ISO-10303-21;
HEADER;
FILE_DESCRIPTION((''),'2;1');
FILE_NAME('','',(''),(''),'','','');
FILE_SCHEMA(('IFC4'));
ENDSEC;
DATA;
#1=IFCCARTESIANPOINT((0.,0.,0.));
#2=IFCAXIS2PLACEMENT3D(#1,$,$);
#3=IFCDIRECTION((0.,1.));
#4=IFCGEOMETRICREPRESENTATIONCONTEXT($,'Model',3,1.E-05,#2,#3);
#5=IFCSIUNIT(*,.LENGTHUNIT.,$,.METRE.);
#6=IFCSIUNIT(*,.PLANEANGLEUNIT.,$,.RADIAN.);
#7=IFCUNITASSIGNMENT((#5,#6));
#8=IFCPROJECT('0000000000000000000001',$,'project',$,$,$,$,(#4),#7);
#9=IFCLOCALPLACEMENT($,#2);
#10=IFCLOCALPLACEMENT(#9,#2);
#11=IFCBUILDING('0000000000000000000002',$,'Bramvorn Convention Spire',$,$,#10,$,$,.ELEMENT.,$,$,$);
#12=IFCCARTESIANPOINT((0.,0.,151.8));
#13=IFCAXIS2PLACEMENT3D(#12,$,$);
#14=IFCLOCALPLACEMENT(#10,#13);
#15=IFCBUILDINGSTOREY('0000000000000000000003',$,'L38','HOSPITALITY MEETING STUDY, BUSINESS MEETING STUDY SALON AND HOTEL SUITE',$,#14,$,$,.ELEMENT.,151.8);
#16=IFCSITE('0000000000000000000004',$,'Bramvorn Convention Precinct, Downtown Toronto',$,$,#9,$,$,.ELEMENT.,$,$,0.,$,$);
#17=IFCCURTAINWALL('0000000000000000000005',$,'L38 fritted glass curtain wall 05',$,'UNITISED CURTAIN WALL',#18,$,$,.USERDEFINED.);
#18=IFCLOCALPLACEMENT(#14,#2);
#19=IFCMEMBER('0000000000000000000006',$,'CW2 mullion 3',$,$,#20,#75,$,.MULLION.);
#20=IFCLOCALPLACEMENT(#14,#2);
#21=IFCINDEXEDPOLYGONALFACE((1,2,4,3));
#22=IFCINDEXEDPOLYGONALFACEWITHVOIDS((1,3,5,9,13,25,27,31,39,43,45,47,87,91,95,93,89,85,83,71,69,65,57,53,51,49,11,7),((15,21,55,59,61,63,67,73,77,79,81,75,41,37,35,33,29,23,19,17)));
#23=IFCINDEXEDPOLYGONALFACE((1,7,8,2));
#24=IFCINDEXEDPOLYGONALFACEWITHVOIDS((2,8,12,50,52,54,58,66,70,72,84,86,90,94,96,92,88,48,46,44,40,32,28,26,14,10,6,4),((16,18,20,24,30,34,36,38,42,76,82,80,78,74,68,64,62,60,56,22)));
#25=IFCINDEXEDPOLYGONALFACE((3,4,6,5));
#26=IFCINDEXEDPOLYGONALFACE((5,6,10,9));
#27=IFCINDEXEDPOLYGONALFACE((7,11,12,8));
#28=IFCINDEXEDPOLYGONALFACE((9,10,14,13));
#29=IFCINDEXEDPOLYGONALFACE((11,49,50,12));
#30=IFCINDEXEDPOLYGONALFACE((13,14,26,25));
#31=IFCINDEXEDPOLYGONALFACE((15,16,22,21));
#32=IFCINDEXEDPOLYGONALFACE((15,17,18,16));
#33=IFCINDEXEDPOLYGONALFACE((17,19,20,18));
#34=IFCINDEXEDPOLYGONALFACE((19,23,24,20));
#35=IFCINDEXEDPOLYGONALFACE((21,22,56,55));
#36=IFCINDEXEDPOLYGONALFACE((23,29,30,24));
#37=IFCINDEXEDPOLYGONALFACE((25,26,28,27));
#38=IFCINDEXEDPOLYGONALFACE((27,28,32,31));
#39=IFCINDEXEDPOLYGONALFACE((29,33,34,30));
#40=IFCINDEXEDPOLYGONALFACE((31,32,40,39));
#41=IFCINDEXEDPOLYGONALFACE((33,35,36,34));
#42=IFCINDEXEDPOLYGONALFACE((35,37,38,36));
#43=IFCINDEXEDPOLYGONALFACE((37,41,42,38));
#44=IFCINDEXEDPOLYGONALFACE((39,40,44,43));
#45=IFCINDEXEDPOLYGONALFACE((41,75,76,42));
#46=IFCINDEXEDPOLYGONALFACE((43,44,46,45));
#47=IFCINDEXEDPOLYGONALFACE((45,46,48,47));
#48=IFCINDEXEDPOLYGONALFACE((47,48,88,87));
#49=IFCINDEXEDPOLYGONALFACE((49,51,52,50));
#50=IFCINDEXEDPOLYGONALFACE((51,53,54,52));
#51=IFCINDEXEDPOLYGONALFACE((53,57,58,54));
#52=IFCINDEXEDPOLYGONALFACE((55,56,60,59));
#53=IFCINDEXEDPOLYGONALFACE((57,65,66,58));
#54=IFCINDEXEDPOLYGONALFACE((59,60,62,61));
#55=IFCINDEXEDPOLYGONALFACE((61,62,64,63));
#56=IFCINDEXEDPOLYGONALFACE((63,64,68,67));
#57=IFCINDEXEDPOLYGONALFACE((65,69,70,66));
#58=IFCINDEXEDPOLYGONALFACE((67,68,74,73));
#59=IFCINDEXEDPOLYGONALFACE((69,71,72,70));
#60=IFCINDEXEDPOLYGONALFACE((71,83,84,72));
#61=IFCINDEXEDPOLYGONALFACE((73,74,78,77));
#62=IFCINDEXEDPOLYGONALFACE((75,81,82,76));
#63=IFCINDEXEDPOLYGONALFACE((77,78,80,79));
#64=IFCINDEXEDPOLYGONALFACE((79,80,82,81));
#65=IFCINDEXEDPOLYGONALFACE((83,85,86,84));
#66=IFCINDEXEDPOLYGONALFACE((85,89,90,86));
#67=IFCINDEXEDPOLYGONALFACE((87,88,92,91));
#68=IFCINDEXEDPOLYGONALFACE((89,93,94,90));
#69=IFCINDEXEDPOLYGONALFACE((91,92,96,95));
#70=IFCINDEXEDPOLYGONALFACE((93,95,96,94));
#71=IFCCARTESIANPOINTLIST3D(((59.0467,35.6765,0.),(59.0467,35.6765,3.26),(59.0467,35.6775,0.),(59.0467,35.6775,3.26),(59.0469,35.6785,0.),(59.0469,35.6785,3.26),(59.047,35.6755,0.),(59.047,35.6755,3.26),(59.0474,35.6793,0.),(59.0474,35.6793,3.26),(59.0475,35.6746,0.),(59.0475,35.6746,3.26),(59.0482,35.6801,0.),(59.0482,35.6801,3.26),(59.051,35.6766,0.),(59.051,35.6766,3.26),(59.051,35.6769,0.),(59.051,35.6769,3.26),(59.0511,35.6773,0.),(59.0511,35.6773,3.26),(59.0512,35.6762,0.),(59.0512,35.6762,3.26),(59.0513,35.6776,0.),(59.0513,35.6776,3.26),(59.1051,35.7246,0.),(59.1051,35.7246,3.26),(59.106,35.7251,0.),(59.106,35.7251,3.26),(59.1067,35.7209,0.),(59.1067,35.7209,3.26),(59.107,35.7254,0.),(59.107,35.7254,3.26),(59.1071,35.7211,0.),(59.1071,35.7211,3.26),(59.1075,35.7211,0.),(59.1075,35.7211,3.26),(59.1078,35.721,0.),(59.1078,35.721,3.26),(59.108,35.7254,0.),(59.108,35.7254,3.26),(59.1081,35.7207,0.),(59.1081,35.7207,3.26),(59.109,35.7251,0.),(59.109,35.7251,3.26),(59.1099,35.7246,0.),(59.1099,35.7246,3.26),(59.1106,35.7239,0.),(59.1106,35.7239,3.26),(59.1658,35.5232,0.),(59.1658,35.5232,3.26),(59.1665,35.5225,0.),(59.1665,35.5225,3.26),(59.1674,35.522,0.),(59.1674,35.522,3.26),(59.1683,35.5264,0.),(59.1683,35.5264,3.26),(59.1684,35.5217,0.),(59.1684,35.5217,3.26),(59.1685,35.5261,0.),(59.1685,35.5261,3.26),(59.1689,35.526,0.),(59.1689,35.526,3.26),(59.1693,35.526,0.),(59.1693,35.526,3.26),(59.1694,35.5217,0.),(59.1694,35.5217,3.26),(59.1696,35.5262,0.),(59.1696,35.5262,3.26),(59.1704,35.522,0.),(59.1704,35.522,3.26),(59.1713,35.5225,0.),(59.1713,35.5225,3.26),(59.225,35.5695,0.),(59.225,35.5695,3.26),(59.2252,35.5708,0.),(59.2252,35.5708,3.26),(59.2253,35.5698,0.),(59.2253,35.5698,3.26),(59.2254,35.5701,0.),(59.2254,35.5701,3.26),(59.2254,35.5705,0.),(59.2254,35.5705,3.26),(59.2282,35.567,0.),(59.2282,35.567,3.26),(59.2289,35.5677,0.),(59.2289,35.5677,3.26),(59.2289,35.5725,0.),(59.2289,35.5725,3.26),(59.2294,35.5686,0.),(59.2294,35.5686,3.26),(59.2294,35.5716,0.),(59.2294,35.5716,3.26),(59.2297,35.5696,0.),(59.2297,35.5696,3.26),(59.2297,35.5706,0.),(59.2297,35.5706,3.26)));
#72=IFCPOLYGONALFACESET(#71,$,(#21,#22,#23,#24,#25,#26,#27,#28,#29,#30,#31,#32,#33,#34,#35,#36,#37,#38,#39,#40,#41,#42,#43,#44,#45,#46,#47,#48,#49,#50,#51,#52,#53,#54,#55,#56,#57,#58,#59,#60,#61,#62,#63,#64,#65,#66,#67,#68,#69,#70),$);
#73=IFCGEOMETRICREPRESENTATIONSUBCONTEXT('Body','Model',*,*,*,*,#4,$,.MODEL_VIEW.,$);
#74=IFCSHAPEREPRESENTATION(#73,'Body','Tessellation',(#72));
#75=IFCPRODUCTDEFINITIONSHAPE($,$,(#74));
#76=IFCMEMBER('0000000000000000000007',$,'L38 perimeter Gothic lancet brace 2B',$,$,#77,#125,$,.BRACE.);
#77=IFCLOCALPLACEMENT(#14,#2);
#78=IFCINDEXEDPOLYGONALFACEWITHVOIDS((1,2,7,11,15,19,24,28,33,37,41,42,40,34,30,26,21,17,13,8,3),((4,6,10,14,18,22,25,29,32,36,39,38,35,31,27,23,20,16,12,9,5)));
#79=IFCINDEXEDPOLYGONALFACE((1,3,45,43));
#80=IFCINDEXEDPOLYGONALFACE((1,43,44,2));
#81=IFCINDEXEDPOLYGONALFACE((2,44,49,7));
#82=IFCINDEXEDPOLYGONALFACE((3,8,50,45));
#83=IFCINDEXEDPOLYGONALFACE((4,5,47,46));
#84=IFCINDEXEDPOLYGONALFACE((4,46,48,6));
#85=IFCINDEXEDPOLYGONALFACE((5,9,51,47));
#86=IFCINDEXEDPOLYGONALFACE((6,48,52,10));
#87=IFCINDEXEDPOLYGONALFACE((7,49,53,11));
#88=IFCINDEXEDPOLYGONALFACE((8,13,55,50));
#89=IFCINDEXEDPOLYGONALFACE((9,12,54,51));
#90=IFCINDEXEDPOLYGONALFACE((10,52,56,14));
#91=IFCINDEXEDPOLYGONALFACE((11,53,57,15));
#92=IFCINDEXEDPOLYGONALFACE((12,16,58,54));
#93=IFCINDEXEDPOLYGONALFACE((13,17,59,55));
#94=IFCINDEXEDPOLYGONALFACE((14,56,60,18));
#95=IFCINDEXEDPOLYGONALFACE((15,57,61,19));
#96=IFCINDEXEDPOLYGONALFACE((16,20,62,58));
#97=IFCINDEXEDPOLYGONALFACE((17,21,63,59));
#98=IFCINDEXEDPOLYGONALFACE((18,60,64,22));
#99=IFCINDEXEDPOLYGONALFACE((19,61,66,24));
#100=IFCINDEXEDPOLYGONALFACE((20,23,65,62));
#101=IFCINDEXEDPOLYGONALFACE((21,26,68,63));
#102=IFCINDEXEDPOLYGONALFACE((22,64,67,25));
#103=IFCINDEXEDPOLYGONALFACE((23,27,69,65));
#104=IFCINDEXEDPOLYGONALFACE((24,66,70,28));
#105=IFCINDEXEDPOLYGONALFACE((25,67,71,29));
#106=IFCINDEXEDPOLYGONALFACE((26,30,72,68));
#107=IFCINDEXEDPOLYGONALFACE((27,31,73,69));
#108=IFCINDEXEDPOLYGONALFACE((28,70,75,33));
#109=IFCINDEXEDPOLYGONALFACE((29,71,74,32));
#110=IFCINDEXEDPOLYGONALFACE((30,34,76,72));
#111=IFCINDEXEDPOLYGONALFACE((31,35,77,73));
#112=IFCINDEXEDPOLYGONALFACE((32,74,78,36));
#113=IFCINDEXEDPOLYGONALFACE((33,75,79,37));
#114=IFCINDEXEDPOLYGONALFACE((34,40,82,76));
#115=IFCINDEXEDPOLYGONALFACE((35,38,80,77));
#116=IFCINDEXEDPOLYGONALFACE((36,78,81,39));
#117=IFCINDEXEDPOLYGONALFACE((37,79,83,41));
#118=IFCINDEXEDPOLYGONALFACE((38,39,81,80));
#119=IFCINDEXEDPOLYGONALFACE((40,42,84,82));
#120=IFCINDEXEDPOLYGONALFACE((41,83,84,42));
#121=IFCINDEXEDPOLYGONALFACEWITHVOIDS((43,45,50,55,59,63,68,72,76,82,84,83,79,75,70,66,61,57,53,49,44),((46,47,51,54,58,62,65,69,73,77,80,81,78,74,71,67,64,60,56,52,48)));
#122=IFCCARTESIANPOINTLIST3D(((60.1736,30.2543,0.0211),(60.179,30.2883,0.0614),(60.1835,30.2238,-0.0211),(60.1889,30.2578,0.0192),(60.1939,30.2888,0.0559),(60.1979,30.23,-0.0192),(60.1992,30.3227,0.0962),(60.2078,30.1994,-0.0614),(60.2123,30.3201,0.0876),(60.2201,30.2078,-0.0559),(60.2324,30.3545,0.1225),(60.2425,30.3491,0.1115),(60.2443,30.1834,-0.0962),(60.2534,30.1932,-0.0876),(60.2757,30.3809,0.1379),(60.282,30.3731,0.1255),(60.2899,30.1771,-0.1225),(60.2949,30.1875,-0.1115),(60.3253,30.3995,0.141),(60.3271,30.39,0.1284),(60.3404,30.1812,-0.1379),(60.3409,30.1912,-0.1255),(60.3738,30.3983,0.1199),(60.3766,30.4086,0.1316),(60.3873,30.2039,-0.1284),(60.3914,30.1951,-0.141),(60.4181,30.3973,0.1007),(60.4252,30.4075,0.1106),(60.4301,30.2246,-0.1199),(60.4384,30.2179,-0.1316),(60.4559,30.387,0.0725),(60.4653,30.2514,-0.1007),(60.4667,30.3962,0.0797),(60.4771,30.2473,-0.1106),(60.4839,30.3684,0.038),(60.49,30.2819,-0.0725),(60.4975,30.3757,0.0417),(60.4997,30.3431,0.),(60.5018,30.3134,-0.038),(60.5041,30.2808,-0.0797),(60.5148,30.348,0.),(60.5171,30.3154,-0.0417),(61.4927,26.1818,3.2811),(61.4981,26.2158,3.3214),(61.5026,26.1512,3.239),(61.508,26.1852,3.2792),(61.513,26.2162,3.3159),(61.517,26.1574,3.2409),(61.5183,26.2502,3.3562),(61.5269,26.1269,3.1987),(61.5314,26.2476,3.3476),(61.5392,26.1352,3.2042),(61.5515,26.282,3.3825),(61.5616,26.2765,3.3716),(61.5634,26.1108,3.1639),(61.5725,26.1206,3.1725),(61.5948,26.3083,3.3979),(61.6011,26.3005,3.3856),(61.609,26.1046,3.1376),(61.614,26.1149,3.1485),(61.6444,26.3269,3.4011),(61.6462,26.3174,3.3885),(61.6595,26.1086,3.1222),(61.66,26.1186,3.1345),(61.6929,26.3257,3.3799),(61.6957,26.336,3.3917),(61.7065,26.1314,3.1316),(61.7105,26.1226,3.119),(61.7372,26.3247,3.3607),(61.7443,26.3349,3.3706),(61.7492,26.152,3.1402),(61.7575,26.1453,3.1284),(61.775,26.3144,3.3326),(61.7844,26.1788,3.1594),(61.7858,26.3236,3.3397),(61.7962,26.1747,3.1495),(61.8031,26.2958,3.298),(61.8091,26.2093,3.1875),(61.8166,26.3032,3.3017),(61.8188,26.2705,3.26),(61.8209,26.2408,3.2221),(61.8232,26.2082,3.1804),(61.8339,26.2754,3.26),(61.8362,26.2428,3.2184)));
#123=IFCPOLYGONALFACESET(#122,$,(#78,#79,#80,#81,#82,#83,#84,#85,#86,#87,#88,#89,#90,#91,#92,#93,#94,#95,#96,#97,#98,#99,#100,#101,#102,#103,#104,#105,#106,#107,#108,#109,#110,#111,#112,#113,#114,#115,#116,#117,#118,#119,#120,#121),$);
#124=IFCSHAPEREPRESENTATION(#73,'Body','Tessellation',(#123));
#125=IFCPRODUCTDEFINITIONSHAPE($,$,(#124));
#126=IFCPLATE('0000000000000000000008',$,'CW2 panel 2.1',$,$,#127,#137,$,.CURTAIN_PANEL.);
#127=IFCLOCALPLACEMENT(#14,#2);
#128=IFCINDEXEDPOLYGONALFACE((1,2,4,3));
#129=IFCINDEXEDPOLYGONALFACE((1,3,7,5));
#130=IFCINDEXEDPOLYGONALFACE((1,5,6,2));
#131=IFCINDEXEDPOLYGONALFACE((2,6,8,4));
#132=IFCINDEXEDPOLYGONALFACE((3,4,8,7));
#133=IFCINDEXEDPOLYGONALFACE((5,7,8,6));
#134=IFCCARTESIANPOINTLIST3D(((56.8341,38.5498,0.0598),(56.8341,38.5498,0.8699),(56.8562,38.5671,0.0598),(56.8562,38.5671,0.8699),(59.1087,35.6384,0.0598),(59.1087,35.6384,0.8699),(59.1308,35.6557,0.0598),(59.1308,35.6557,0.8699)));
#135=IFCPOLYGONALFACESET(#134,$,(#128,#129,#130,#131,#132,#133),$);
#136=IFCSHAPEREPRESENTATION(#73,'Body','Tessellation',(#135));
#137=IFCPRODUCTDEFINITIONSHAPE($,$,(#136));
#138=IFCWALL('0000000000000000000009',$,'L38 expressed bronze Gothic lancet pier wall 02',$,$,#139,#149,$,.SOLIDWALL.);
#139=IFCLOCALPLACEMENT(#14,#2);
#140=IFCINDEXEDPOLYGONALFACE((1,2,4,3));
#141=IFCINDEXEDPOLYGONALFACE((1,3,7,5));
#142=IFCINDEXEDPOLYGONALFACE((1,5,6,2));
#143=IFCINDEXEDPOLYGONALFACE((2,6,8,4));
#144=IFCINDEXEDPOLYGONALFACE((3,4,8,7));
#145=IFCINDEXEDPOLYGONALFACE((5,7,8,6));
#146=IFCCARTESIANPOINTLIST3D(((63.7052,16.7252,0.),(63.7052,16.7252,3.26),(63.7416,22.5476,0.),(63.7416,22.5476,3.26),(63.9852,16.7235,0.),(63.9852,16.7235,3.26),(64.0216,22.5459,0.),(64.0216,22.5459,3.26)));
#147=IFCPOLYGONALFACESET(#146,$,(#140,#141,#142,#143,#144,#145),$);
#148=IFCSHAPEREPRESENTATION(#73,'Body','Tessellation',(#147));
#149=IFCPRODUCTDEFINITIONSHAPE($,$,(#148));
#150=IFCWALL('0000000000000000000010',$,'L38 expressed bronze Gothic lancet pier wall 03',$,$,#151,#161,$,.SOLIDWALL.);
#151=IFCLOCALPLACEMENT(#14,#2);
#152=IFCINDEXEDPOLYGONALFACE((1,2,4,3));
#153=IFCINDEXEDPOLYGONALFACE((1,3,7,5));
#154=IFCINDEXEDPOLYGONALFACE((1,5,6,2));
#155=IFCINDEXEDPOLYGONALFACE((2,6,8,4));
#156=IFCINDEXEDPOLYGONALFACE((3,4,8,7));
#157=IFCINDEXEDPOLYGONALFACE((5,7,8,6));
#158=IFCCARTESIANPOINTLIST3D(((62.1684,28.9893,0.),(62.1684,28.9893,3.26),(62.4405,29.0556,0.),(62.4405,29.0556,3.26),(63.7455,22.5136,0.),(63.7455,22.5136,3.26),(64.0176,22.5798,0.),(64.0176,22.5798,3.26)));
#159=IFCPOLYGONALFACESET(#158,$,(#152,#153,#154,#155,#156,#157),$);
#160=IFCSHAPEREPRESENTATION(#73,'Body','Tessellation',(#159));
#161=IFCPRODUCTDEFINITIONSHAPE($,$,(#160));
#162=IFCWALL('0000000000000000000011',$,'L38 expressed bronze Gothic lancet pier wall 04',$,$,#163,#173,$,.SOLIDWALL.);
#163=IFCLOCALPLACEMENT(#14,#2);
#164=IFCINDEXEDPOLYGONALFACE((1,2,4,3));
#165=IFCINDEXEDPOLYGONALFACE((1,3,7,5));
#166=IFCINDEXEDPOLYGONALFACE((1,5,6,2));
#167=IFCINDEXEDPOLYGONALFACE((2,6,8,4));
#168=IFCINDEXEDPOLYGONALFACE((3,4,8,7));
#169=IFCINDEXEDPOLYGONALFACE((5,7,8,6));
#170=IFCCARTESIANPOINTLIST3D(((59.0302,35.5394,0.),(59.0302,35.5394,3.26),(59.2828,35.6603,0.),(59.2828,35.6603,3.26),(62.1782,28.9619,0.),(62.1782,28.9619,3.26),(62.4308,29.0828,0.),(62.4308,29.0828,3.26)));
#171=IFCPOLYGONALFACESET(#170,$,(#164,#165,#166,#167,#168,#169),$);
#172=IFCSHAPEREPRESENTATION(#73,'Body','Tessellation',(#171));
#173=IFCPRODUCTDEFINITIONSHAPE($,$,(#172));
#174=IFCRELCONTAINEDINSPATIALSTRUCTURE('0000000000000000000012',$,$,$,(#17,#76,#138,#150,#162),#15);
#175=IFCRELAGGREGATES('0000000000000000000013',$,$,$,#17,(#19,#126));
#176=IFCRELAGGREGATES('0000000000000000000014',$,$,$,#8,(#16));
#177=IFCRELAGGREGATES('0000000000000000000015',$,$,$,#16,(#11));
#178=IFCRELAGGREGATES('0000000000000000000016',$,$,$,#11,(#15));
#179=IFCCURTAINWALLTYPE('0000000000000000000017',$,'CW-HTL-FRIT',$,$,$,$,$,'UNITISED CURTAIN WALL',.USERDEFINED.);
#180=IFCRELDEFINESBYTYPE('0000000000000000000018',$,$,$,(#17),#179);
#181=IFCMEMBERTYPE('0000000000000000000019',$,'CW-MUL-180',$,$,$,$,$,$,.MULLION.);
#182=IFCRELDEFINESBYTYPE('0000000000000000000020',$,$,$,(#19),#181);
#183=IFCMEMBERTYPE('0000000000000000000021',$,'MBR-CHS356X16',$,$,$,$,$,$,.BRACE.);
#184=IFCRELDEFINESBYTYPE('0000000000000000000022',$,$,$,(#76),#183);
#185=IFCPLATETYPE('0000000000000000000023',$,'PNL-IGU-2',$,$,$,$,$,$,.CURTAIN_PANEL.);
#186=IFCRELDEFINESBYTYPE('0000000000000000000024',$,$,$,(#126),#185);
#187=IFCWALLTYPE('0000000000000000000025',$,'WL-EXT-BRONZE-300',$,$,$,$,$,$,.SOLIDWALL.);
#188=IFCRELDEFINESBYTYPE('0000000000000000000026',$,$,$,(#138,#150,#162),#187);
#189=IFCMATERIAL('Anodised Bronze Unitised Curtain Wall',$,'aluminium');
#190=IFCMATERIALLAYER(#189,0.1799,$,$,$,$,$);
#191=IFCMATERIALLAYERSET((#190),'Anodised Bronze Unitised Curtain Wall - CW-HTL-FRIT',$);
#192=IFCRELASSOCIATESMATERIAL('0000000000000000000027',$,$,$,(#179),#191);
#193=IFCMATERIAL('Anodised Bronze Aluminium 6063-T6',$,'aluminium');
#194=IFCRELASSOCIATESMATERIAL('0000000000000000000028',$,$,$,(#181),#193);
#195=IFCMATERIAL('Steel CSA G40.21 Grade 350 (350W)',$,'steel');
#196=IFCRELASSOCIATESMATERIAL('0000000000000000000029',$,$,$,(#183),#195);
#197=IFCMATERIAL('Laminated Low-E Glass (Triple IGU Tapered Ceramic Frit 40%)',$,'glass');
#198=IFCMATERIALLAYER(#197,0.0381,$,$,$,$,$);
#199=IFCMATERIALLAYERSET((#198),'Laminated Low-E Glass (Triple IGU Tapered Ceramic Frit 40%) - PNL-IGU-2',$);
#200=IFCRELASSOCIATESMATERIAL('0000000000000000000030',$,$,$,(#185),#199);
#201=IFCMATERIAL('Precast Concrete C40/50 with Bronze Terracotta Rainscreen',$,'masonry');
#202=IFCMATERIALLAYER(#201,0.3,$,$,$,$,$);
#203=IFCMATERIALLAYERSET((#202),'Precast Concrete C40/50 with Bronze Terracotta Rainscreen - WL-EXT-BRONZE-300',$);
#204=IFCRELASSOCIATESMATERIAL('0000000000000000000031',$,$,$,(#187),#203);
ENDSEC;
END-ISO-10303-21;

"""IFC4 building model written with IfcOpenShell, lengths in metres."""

from ifc_helpers import new_model, si_unit, direction, frame, frame_2d, origin, origin_2d, place, context, subcontext, project, spatial, rectangle, hollow_rectangle, hollow_circle, extrude, material, layer, layer_set, material_profile, profile_set, type_object, element, aggregate, save


model = new_model("IFC4")

# Units and contexts
model_context = context("Model", 3, precision=1e-05, world=origin(), true_north=direction((0.0, 1.0)))
body_context = subcontext(model_context, "Body", "Model", "MODEL_VIEW")
ifc_project = project(units=[si_unit("LENGTHUNIT", "METRE"), si_unit("PLANEANGLEUNIT", "RADIAN")], contexts=[model_context])

# Site, building, storey
site_placement = place(None, origin())
site = spatial("IfcSite", under=ifc_project, at=site_placement, Name="Bramvorn Convention Precinct, Downtown Toronto", CompositionType="ELEMENT", RefElevation=0.0)
building_placement = place(site_placement, origin())
building = spatial("IfcBuilding", under=site, at=building_placement, Name="Bramvorn Convention Spire", CompositionType="ELEMENT")
storey_placement = place(building_placement, frame((0.0, 0.0, 151.8)))
storey = spatial("IfcBuildingStorey", under=building, at=storey_placement, Name="L38", Description="HOSPITALITY MEETING STUDY, BUSINESS MEETING STUDY SALON AND HOTEL SUITE", CompositionType="ELEMENT", Elevation=151.8)

# Shared definitions
ifc_material_1 = material(Name="Steel CSA G40.21 Grade 350 (350W)", Category="steel")

# Curtain wall, member
ifc_material_2 = material(Name="Anodised Bronze Unitised Curtain Wall", Category="aluminium")
ifc_layer_1 = layer(ifc_material_2, 0.1799)
ifc_layer_set_1 = layer_set([ifc_layer_1], Name="Anodised Bronze Unitised Curtain Wall - CW-HTL-FRIT")
curtain_wall_type = type_object("IfcCurtainWallType", Name="CW-HTL-FRIT", ElementType="UNITISED CURTAIN WALL", PredefinedType="USERDEFINED", material=ifc_layer_set_1)
curtain_wall_placement = place(storey_placement, origin())
curtain_wall = element("IfcCurtainWall", 1, at=curtain_wall_placement, inside=storey, type_object=curtain_wall_type, Name="L38 fritted glass curtain wall 05", ObjectType="UNITISED CURTAIN WALL", PredefinedType="USERDEFINED")
ifc_material_3 = material(Name="Anodised Bronze Aluminium 6063-T6", Category="aluminium")
ifc_material_profile_1 = material_profile(ifc_material_3, hollow_rectangle(XDim=0.0801, YDim=0.2, WallThickness=0.0039, InnerFilletRadius=0.001, OuterFilletRadius=0.0039, at=origin_2d()))
ifc_profile_set_1 = profile_set([ifc_material_profile_1], Name="Anodised Bronze Aluminium 6063-T6 - CWM80X200")
member_type_1 = type_object("IfcMemberType", Name="CW-MUL-180", PredefinedType="MULLION", material=ifc_profile_set_1)
member_1_placement = place(storey_placement, frame((59.1382, 35.6235, 0.0), z_axis=(0.0, 0.0, 1.0), x_axis=(0.788014, 0.615657, 0.0)))
member_1 = element("IfcMember", 2, at=member_1_placement, type_object=member_type_1, Name="CW2 mullion 3", PredefinedType="MULLION", context=body_context, shape_type="SweptSolid", body=[
    extrude(hollow_rectangle(XDim=0.0801, YDim=0.2, WallThickness=0.0039, InnerFilletRadius=0.001, OuterFilletRadius=0.0039, at=origin_2d()), origin(), (0.0, 0.0, 1.0), 3.26),
])

# Member
ifc_material_profile_2 = material_profile(ifc_material_1, hollow_circle(Radius=0.1777, WallThickness=0.0159, at=origin_2d()))
ifc_profile_set_2 = profile_set([ifc_material_profile_2], Name="Steel CSA G40.21 Grade 350 (350W) - CHS356X16")
member_type_2 = type_object("IfcMemberType", Name="MBR-CHS356X16", PredefinedType="BRACE", material=ifc_profile_set_2)
member_2_placement = place(storey_placement, frame((60.3457, 30.2932, 0.0), z_axis=(0.245148, -0.75686, 0.60586), x_axis=(0.951341, 0.308141, 0.0)))
element("IfcMember", 3, at=member_2_placement, inside=storey, type_object=member_type_2, Name="L38 perimeter Gothic lancet brace 2B", PredefinedType="BRACE", context=body_context, shape_type="SweptSolid", body=[
    extrude(hollow_circle(Radius=0.1777, WallThickness=0.0159, at=origin_2d()), origin(), (0.0, 0.0, 1.0), 5.3809),
])

# Plate
ifc_material_4 = material(Name="Laminated Low-E Glass (Triple IGU Tapered Ceramic Frit 40%)", Category="glass")
ifc_layer_2 = layer(ifc_material_4, 0.0381)
ifc_layer_set_2 = layer_set([ifc_layer_2], Name="Laminated Low-E Glass (Triple IGU Tapered Ceramic Frit 40%) - PNL-IGU-2")
plate_type = type_object("IfcPlateType", Name="PNL-IGU-2", PredefinedType="CURTAIN_PANEL", material=ifc_layer_set_2)
plate_placement = place(storey_placement, frame((57.9824, 37.1028, 0.0598), z_axis=(0.0, 0.0, 1.0), x_axis=(0.615657, -0.788014, 0.0)))
plate = element("IfcPlate", 4, at=plate_placement, type_object=plate_type, Name="CW2 panel 2.1", PredefinedType="CURTAIN_PANEL", context=body_context, shape_type="SweptSolid", body=[
    extrude(rectangle(XDim=3.6946, YDim=0.0281, at=origin_2d()), origin(), (0.0, 0.0, 1.0), 0.8101),
])
aggregate(curtain_wall, [member_1, plate])

# Walls
ifc_material_5 = material(Name="Precast Concrete C40/50 with Bronze Terracotta Rainscreen", Category="masonry")
ifc_layer_3 = layer(ifc_material_5, 0.3)
ifc_layer_set_3 = layer_set([ifc_layer_3], Name="Precast Concrete C40/50 with Bronze Terracotta Rainscreen - WL-EXT-BRONZE-300")
wall_type_1 = type_object("IfcWallType", Name="WL-EXT-BRONZE-300", PredefinedType="SOLIDWALL", material=ifc_layer_set_3)
wall_1_placement = place(storey_placement, frame((63.8816, 22.5466, 0.0), z_axis=(0.0, 0.0, 1.0), x_axis=(-0.006248, -0.99998, 0.0)))
element("IfcWall", 5, at=wall_1_placement, inside=storey, type_object=wall_type_1, Name="L38 expressed bronze Gothic lancet pier wall 02", PredefinedType="SOLIDWALL", context=body_context, shape_type="SweptSolid", body=[
    extrude(rectangle(XDim=5.8225, YDim=0.28, at=frame_2d((2.9111, 0.0))), origin(), (0.0, 0.0, 1.0), 3.26),
])
wall_2_placement = place(storey_placement, frame((62.3044, 29.0225, 0.0), z_axis=(0.0, 0.0, 1.0), x_axis=(0.236627, -0.9716, 0.0)))
element("IfcWall", 6, at=wall_2_placement, inside=storey, type_object=wall_type_1, Name="L38 expressed bronze Gothic lancet pier wall 03", PredefinedType="SOLIDWALL", context=body_context, shape_type="SweptSolid", body=[
    extrude(rectangle(XDim=6.665, YDim=0.28, at=frame_2d((3.3325, 0.0))), origin(), (0.0, 0.0, 1.0), 3.26),
])
wall_3_placement = place(storey_placement, frame((59.1565, 35.5999, 0.0), z_axis=(0.0, 0.0, 1.0), x_axis=(0.431705, -0.902015, 0.0)))
element("IfcWall", 7, at=wall_3_placement, inside=storey, type_object=wall_type_1, Name="L38 expressed bronze Gothic lancet pier wall 04", PredefinedType="SOLIDWALL", context=body_context, shape_type="SweptSolid", body=[
    extrude(rectangle(XDim=7.292, YDim=0.28, at=frame_2d((3.646, 0.0))), origin(), (0.0, 0.0, 1.0), 3.26),
])

save(model, "model.ifc")
